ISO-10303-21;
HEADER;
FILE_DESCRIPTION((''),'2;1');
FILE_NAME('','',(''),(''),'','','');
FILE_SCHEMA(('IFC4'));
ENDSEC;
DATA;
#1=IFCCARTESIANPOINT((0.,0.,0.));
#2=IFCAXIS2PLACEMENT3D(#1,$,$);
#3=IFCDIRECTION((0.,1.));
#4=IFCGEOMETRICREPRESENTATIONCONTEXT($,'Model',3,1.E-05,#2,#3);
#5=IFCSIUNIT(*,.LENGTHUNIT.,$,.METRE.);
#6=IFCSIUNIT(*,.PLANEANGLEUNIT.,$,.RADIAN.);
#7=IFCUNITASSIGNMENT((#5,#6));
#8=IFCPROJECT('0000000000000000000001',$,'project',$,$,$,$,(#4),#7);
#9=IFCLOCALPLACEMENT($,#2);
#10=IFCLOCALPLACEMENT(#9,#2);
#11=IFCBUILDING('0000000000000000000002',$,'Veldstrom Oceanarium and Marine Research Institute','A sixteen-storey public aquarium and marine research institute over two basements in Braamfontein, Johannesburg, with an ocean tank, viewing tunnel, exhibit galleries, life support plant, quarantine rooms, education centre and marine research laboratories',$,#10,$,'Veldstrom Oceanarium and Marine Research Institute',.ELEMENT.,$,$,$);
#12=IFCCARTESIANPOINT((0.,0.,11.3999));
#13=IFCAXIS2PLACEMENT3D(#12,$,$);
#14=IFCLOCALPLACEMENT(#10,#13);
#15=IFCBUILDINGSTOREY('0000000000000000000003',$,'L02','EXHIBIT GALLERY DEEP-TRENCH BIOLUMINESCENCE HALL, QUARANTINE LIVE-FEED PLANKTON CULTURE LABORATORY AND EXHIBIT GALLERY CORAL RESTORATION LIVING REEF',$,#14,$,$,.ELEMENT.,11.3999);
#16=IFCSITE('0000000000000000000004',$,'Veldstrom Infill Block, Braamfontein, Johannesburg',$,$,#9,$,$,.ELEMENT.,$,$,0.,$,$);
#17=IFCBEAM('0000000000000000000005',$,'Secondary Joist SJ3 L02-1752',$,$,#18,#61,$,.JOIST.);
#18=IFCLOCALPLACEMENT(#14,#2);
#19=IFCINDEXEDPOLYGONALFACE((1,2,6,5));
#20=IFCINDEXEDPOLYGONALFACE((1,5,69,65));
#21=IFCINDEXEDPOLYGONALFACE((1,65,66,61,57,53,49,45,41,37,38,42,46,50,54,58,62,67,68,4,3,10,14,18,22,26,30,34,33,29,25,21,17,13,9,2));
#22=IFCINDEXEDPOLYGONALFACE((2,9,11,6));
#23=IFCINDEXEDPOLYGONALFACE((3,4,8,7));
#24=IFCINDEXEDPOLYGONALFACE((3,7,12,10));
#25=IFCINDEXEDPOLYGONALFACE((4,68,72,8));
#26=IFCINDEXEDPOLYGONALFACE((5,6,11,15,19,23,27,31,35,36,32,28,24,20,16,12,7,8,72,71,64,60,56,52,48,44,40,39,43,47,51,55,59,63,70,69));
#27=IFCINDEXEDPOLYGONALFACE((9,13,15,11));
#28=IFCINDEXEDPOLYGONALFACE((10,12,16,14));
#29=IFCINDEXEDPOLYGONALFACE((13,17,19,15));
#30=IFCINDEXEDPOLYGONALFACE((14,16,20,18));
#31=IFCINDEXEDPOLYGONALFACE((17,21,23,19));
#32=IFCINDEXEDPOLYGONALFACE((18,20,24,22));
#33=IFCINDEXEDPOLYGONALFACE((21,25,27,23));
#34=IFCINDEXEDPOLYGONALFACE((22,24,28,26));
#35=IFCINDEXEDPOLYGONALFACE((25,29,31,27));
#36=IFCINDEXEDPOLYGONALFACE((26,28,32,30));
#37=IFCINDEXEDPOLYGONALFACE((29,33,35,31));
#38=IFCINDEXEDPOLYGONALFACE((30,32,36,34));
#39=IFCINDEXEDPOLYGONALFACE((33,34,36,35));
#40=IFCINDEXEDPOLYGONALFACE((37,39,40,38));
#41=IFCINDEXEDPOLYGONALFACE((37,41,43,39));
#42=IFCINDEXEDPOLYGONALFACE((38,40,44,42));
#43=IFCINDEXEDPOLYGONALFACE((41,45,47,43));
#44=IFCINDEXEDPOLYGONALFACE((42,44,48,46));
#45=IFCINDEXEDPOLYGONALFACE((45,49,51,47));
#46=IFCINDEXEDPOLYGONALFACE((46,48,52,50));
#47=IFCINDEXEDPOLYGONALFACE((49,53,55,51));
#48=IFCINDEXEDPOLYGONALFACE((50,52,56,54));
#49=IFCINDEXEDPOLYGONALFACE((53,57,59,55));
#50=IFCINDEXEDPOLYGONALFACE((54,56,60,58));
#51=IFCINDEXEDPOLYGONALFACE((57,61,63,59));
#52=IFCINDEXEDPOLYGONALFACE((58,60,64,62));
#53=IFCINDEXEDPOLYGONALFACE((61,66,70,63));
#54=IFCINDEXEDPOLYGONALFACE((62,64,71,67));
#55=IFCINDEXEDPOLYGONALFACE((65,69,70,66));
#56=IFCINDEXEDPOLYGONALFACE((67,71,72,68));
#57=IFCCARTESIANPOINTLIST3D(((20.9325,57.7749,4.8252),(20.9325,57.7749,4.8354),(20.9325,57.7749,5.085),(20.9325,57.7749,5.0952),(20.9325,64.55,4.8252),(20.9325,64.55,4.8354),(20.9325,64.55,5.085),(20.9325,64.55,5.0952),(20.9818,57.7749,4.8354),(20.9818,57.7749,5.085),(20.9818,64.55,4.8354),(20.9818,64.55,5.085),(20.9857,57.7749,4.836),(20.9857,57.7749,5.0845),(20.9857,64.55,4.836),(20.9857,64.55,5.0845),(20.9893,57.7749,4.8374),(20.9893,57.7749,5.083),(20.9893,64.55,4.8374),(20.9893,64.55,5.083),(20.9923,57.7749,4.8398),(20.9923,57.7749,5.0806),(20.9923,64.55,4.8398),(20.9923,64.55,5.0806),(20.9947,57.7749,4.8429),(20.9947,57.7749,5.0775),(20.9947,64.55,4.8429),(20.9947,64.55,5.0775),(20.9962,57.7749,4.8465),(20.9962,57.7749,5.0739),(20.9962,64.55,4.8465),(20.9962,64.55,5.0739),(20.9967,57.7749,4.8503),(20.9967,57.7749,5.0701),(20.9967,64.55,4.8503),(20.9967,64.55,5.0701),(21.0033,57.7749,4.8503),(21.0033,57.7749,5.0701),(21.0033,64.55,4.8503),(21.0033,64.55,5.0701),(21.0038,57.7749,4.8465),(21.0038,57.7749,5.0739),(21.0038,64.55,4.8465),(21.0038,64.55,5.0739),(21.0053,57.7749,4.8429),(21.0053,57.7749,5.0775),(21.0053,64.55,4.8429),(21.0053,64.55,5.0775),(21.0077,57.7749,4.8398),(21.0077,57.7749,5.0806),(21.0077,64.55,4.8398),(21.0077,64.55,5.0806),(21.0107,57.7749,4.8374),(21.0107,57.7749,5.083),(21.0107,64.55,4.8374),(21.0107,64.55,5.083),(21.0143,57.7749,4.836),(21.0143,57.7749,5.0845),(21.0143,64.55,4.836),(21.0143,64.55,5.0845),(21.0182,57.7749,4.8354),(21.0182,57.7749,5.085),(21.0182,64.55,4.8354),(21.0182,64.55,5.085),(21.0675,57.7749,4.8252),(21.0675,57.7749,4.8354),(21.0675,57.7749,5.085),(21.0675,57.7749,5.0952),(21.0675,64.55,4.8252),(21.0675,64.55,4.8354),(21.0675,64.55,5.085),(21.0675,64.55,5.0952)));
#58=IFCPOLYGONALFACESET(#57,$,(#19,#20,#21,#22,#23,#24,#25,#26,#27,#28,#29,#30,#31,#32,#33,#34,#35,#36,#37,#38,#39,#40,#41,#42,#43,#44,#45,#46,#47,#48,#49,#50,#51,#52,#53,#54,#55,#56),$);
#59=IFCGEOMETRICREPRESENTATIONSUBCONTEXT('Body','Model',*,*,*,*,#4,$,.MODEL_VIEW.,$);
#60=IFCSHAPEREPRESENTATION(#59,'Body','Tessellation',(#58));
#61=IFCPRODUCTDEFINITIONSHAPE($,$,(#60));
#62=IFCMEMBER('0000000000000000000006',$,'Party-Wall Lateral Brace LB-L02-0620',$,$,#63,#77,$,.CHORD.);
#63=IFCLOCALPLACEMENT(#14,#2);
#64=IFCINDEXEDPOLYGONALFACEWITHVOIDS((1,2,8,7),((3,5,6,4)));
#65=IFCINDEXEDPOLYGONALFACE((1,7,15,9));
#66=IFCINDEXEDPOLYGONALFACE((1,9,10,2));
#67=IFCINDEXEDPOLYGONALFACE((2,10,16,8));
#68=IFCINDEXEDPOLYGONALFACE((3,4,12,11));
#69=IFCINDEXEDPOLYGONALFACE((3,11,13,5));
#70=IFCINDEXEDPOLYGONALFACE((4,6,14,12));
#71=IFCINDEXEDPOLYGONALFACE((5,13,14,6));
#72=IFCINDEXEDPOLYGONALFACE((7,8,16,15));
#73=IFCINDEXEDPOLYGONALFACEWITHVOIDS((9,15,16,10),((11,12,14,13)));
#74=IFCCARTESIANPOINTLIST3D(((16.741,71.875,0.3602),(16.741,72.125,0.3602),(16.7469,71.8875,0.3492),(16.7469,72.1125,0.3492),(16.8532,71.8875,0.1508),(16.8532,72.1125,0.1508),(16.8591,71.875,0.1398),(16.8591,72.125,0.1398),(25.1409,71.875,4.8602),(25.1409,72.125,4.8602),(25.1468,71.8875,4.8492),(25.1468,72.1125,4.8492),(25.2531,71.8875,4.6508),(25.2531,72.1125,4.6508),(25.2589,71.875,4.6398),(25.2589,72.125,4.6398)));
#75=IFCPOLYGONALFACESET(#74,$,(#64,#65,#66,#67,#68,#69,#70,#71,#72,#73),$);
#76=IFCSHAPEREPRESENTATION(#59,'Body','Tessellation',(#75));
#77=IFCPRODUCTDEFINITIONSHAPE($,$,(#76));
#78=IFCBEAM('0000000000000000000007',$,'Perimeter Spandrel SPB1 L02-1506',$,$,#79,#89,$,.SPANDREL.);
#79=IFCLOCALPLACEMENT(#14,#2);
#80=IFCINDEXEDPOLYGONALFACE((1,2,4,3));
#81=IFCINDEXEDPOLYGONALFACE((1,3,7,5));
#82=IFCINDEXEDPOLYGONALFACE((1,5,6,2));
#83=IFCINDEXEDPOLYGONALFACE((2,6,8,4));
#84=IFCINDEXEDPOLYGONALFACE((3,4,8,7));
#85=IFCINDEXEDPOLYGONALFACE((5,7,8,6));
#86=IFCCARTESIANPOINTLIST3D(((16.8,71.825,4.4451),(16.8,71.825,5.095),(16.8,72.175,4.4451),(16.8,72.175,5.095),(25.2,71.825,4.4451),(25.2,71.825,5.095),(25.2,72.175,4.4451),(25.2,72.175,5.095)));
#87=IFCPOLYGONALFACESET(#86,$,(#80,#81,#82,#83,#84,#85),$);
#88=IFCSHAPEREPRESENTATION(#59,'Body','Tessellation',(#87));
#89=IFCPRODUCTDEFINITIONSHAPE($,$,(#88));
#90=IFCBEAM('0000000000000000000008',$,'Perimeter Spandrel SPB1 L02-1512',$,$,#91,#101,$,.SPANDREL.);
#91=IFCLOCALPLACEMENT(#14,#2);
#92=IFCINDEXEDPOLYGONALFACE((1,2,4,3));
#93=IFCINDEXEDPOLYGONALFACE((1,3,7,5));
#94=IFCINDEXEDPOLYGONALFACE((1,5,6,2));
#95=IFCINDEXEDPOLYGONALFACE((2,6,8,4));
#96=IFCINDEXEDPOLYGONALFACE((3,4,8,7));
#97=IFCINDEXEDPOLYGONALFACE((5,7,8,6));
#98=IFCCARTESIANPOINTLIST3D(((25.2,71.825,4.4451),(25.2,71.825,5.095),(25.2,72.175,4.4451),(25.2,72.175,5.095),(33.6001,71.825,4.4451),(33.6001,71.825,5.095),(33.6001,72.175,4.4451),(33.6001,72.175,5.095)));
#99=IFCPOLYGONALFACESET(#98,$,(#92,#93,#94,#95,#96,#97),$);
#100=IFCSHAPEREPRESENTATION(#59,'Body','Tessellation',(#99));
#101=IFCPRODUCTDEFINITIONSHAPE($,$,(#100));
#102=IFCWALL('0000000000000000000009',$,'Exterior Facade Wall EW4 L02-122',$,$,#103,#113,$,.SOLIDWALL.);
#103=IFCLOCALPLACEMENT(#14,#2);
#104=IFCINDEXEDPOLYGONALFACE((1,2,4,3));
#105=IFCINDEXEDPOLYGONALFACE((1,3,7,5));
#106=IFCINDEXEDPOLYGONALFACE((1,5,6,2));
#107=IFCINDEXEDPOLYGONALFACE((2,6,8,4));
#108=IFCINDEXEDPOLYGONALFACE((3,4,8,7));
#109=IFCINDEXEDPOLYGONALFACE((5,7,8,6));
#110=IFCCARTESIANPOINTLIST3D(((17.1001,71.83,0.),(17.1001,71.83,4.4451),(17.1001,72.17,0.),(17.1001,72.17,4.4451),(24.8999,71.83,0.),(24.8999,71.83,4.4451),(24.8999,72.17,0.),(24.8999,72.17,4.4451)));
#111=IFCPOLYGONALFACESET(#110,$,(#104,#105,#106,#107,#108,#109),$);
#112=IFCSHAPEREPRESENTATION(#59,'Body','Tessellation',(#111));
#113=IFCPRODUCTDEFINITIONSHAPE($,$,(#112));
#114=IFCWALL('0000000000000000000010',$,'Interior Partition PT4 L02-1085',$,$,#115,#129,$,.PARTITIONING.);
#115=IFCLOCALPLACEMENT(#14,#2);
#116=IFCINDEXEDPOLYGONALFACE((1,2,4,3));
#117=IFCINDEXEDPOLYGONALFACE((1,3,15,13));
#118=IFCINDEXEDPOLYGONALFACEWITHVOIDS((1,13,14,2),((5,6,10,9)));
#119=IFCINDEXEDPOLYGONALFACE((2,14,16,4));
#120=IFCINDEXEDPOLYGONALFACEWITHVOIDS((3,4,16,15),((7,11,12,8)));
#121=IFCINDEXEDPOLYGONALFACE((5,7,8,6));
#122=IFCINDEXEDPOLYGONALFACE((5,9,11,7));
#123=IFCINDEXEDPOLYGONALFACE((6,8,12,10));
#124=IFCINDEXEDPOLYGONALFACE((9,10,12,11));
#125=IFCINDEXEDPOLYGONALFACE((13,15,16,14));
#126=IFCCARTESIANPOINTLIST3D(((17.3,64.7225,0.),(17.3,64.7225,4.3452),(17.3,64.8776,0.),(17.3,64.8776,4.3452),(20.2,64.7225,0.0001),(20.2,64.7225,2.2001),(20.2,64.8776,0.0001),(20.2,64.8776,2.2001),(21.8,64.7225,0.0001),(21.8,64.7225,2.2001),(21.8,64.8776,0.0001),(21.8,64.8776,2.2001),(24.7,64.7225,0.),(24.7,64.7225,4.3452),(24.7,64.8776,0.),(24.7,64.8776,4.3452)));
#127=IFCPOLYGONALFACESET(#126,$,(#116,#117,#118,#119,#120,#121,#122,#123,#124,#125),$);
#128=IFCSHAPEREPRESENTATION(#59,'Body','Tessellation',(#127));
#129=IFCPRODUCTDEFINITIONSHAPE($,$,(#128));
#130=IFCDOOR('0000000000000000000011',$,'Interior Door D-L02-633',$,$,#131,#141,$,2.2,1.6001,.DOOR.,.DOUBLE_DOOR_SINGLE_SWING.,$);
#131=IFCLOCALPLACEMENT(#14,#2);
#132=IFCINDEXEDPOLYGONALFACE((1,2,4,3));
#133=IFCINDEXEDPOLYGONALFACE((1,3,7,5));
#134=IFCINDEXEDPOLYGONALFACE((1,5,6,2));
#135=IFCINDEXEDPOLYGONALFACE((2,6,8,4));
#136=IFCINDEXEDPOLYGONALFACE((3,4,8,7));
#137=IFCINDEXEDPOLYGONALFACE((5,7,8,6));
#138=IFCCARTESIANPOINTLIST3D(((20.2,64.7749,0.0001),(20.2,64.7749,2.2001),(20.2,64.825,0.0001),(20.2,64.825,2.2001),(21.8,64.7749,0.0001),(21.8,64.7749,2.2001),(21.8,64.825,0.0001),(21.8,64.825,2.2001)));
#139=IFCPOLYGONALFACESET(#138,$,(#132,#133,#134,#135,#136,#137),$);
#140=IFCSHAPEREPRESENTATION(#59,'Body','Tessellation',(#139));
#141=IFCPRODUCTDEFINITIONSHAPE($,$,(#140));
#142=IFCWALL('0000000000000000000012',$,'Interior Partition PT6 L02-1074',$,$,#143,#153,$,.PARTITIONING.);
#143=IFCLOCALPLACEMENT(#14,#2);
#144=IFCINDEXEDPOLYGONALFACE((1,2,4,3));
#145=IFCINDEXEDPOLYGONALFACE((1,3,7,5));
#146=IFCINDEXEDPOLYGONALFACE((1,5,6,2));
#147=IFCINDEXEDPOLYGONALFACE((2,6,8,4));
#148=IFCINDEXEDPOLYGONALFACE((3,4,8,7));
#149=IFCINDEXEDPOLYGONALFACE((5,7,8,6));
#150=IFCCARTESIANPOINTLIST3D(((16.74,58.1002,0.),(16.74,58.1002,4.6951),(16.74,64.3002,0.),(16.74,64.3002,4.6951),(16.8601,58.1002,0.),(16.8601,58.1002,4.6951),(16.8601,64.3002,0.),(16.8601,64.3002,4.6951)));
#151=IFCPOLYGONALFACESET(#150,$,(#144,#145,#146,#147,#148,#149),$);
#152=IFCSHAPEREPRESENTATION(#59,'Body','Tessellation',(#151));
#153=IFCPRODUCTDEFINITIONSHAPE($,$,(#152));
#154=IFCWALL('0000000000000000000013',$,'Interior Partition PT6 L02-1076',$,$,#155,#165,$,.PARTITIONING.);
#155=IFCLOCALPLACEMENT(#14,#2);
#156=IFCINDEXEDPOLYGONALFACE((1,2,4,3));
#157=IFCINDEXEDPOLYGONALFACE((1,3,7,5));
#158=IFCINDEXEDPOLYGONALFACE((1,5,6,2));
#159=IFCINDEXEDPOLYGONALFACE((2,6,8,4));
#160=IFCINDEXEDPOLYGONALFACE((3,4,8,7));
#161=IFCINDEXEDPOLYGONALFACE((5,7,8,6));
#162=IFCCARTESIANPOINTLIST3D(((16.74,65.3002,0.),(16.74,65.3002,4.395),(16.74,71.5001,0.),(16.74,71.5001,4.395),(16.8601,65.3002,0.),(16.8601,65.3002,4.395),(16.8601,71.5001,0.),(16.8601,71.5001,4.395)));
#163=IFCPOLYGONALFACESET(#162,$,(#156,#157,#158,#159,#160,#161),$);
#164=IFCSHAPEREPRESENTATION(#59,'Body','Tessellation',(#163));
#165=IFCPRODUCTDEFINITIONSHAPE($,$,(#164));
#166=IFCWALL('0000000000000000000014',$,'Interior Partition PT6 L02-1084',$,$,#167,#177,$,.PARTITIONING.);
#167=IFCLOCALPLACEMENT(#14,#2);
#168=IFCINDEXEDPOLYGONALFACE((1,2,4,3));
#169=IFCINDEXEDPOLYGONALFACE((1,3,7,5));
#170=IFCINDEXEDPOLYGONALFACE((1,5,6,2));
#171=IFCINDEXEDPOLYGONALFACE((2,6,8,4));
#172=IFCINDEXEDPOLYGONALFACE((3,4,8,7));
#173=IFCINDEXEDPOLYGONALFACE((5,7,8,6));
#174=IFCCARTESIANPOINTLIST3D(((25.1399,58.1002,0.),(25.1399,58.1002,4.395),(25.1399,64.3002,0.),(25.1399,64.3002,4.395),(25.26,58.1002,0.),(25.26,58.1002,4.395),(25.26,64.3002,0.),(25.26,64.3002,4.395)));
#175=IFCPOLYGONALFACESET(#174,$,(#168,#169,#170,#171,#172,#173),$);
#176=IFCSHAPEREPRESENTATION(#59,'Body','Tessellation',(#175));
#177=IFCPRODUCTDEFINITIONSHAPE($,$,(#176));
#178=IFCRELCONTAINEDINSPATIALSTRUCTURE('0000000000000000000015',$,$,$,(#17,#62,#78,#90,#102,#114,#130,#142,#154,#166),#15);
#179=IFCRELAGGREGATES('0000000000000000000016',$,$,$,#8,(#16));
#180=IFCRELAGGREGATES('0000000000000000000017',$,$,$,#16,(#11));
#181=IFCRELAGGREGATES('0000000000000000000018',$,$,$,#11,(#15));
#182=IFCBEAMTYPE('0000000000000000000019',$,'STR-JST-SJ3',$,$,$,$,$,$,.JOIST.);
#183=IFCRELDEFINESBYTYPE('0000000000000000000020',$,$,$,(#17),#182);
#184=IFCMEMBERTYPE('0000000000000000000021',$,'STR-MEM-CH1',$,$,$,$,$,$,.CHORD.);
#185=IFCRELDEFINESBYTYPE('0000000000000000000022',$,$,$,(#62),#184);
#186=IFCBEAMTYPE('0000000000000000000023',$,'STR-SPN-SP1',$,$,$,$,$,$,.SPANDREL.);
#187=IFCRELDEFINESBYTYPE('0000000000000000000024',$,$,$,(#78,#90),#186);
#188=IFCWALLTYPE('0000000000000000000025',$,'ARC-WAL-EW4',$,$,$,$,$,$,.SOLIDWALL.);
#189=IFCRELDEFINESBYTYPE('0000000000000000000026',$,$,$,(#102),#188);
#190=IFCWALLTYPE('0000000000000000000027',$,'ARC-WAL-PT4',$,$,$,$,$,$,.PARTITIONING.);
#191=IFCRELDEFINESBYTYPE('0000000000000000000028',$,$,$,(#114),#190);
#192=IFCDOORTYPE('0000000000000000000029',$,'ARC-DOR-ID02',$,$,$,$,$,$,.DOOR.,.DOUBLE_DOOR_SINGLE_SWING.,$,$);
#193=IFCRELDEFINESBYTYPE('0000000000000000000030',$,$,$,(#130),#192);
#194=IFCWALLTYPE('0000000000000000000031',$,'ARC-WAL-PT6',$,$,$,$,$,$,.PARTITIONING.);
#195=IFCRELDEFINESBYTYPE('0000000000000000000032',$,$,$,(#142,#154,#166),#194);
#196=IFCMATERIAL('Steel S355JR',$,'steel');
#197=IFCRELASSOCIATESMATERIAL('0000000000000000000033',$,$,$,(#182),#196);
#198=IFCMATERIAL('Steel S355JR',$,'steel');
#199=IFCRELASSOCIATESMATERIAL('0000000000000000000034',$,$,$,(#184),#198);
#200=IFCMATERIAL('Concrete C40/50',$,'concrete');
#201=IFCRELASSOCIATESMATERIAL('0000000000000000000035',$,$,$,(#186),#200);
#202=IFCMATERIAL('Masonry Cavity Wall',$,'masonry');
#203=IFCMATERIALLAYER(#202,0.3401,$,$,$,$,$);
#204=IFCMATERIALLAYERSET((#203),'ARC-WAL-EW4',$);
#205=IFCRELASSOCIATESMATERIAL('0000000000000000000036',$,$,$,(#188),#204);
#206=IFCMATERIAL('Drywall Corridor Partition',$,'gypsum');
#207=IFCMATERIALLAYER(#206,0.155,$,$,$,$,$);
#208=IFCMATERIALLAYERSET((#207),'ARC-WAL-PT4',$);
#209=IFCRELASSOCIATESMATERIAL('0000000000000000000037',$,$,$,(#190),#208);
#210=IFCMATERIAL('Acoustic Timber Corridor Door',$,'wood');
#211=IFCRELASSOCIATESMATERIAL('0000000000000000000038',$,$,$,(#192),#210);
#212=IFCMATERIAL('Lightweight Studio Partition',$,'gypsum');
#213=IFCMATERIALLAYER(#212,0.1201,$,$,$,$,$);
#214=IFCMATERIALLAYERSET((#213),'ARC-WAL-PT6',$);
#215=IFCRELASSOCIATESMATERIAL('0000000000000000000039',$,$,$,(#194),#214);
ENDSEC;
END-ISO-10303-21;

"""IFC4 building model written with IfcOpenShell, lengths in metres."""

from ifc_helpers import new_model, si_unit, direction, frame, frame_2d, origin, origin_2d, place, context, subcontext, project, spatial, rectangle, hollow_rectangle, i_section, extrude, material, layer, layer_set, material_profile, profile_set, type_object, element, fill, save


model = new_model("IFC4")

# Units and contexts
model_context = context("Model", 3, precision=1e-05, world=origin(), true_north=direction((0.0, 1.0)))
body_context = subcontext(model_context, "Body", "Model", "MODEL_VIEW")
ifc_project = project(units=[si_unit("LENGTHUNIT", "METRE"), si_unit("PLANEANGLEUNIT", "RADIAN")], contexts=[model_context])

# Site, building, storey
site_placement = place(None, origin())
site = spatial("IfcSite", under=ifc_project, at=site_placement, Name="Veldstrom Infill Block, Braamfontein, Johannesburg", CompositionType="ELEMENT", RefElevation=0.0)
building_placement = place(site_placement, origin())
building = spatial("IfcBuilding", under=site, at=building_placement, Name="Veldstrom Oceanarium and Marine Research Institute", Description="A sixteen-storey public aquarium and marine research institute over two basements in Braamfontein, Johannesburg, with an ocean tank, viewing tunnel, exhibit galleries, life support plant, quarantine rooms, education centre and marine research laboratories", LongName="Veldstrom Oceanarium and Marine Research Institute", CompositionType="ELEMENT")
storey_placement = place(building_placement, frame((0.0, 0.0, 11.3999)))
storey = spatial("IfcBuildingStorey", under=building, at=storey_placement, Name="L02", Description="EXHIBIT GALLERY DEEP-TRENCH BIOLUMINESCENCE HALL, QUARANTINE LIVE-FEED PLANKTON CULTURE LABORATORY AND EXHIBIT GALLERY CORAL RESTORATION LIVING REEF", CompositionType="ELEMENT", Elevation=11.3999)

# Beam
ifc_material_1 = material(Name="Steel S355JR", Category="steel")
ifc_material_profile_1 = material_profile(ifc_material_1, i_section(OverallWidth=0.135, OverallDepth=0.27, WebThickness=0.0066, FlangeThickness=0.0103, FilletRadius=0.0149, at=origin_2d()), Name="IPE 270")
ifc_profile_set_1 = profile_set([ifc_material_profile_1], Name="Steel S355JR")
beam_type_1 = type_object("IfcBeamType", Name="STR-JST-SJ3", PredefinedType="JOIST", material=ifc_profile_set_1)
beam_1_placement = place(storey_placement, frame((21.0, 57.7749, 4.9602), z_axis=(0.0, 1.0, 0.0), x_axis=(-1.0, 0.0, 0.0)))
element("IfcBeam", 1, at=beam_1_placement, inside=storey, type_object=beam_type_1, Name="Secondary Joist SJ3 L02-1752", PredefinedType="JOIST", context=body_context, shape_type="SweptSolid", body=[
    extrude(i_section(OverallWidth=0.135, OverallDepth=0.27, WebThickness=0.0066, FlangeThickness=0.0103, FilletRadius=0.0149, at=origin_2d()), origin(), (0.0, 0.0, 1.0), 6.7751),
])

# Member
ifc_material_2 = material(Name="Steel S355JR", Category="steel")
ifc_material_profile_2 = material_profile(ifc_material_2, hollow_rectangle(XDim=0.25, YDim=0.25, WallThickness=0.0125, at=origin_2d()), Name="SHS 250x250x12.5")
ifc_profile_set_2 = profile_set([ifc_material_profile_2], Name="Steel S355JR")
member_type = type_object("IfcMemberType", Name="STR-MEM-CH1", PredefinedType="CHORD", material=ifc_profile_set_2)
member_placement = place(storey_placement, frame((16.8, 72.0, 0.25), z_axis=(0.881478, 0.0, 0.472226), x_axis=(0.0, 1.0, 0.0)))
element("IfcMember", 2, at=member_placement, inside=storey, type_object=member_type, Name="Party-Wall Lateral Brace LB-L02-0620", PredefinedType="CHORD", context=body_context, shape_type="SweptSolid", body=[
    extrude(hollow_rectangle(XDim=0.25, YDim=0.25, WallThickness=0.0125, at=origin_2d()), origin(), (0.0, 0.0, 1.0), 9.5293),
])

# Beams
ifc_material_3 = material(Name="Concrete C40/50", Category="concrete")
ifc_material_profile_3 = material_profile(ifc_material_3, rectangle(XDim=0.3501, YDim=0.6499, at=origin_2d()), Name="RC-SPN-350x650")
ifc_profile_set_3 = profile_set([ifc_material_profile_3], Name="Concrete C40/50")
beam_type_2 = type_object("IfcBeamType", Name="STR-SPN-SP1", PredefinedType="SPANDREL", material=ifc_profile_set_3)
beam_2_placement = place(storey_placement, frame((16.8, 72.0, 4.77), z_axis=(1.0, 0.0, 0.0), x_axis=(0.0, 1.0, 0.0)))
element("IfcBeam", 3, at=beam_2_placement, inside=storey, type_object=beam_type_2, Name="Perimeter Spandrel SPB1 L02-1506", PredefinedType="SPANDREL", context=body_context, shape_type="SweptSolid", body=[
    extrude(rectangle(XDim=0.3501, YDim=0.6499, at=origin_2d()), origin(), (0.0, 0.0, 1.0), 8.3999),
])
beam_3_placement = place(storey_placement, frame((25.2, 72.0, 4.77), z_axis=(1.0, 0.0, 0.0), x_axis=(0.0, 1.0, 0.0)))
element("IfcBeam", 4, at=beam_3_placement, inside=storey, type_object=beam_type_2, Name="Perimeter Spandrel SPB1 L02-1512", PredefinedType="SPANDREL", context=body_context, shape_type="SweptSolid", body=[
    extrude(rectangle(XDim=0.3501, YDim=0.6499, at=origin_2d()), origin(), (0.0, 0.0, 1.0), 8.4001),
])

# Wall
ifc_material_4 = material(Name="Masonry Cavity Wall", Category="masonry")
ifc_layer_1 = layer(ifc_material_4, 0.3401)
ifc_layer_set_1 = layer_set([ifc_layer_1], Name="ARC-WAL-EW4")
wall_type_1 = type_object("IfcWallType", Name="ARC-WAL-EW4", PredefinedType="SOLIDWALL", material=ifc_layer_set_1)
wall_1_placement = place(storey_placement, frame((17.1001, 72.0, 0.0), z_axis=(0.0, 0.0, 1.0), x_axis=(1.0, 0.0, 0.0)))
element("IfcWall", 5, at=wall_1_placement, inside=storey, type_object=wall_type_1, Name="Exterior Facade Wall EW4 L02-122", PredefinedType="SOLIDWALL", context=body_context, shape_type="SweptSolid", body=[
    extrude(rectangle(XDim=7.7998, YDim=0.3401, at=frame_2d((3.8999, 0.0))), origin(), (0.0, 0.0, 1.0), 4.4451),
])

# Wall, opening, door
ifc_material_5 = material(Name="Drywall Corridor Partition", Category="gypsum")
ifc_layer_2 = layer(ifc_material_5, 0.155)
ifc_layer_set_2 = layer_set([ifc_layer_2], Name="ARC-WAL-PT4")
wall_type_2 = type_object("IfcWallType", Name="ARC-WAL-PT4", PredefinedType="PARTITIONING", material=ifc_layer_set_2)
wall_2_placement = place(storey_placement, frame((17.3, 64.8, 0.0), z_axis=(0.0, 0.0, 1.0), x_axis=(1.0, 0.0, 0.0)))
wall_2 = element("IfcWall", 6, at=wall_2_placement, inside=storey, type_object=wall_type_2, Name="Interior Partition PT4 L02-1085", PredefinedType="PARTITIONING", context=body_context, shape_type="SweptSolid", body=[
    extrude(rectangle(XDim=7.3999, YDim=0.155, at=frame_2d((3.7, 0.0))), origin(), (0.0, 0.0, 1.0), 4.3452),
])
opening_placement = place(wall_2_placement, frame((2.8999, 0.0, 0.0)))
opening = element("IfcOpeningElement", 7, at=opening_placement, cuts=wall_2, PredefinedType="OPENING", context=body_context, shape_type="SweptSolid", body=[
    extrude(rectangle(XDim=1.6001, YDim=2.2, at=frame_2d((0.8, 1.1001))), frame((0.0, 0.0874, 0.0), z_axis=(0.0, -1.0, 0.0), x_axis=(1.0, 0.0, 0.0)), (0.0, 0.0, 1.0), 0.175),
])
ifc_material_6 = material(Name="Acoustic Timber Corridor Door", Category="wood")
door_type = type_object("IfcDoorType", Name="ARC-DOR-ID02", OperationType="DOUBLE_DOOR_SINGLE_SWING", PredefinedType="DOOR", material=ifc_material_6)
door_placement = place(opening_placement, origin())
door = element("IfcDoor", 8, at=door_placement, inside=storey, type_object=door_type, Name="Interior Door D-L02-633", OperationType="DOUBLE_DOOR_SINGLE_SWING", OverallHeight=2.2, OverallWidth=1.6001, PredefinedType="DOOR", context=body_context, shape_type="SweptSolid", body=[
    extrude(rectangle(XDim=1.6001, YDim=2.2, at=frame_2d((0.8, 1.1001))), frame((0.0, 0.0249, 0.0), z_axis=(0.0, -1.0, 0.0), x_axis=(1.0, 0.0, 0.0)), (0.0, 0.0, 1.0), 0.05),
])
fill(opening, door)

# Walls
ifc_material_7 = material(Name="Lightweight Studio Partition", Category="gypsum")
ifc_layer_3 = layer(ifc_material_7, 0.1201)
ifc_layer_set_3 = layer_set([ifc_layer_3], Name="ARC-WAL-PT6")
wall_type_3 = type_object("IfcWallType", Name="ARC-WAL-PT6", PredefinedType="PARTITIONING", material=ifc_layer_set_3)
wall_3_placement = place(storey_placement, frame((16.8, 58.1001, 0.0), z_axis=(0.0, 0.0, 1.0), x_axis=(0.0, 1.0, 0.0)))
element("IfcWall", 9, at=wall_3_placement, inside=storey, type_object=wall_type_3, Name="Interior Partition PT6 L02-1074", PredefinedType="PARTITIONING", context=body_context, shape_type="SweptSolid", body=[
    extrude(rectangle(XDim=6.2, YDim=0.1201, at=frame_2d((3.1001, 0.0))), origin(), (0.0, 0.0, 1.0), 4.6951),
])
for number, where, z_axis, x_axis, name in (
    (10, (16.8, 65.3, 0.0), (0.0, 0.0, 1.0), (0.0, 1.0, 0.0), "Interior Partition PT6 L02-1076"),
    (11, (25.2, 58.1001, 0.0), (0.0, 0.0, 1.0), (0.0, 1.0, 0.0), "Interior Partition PT6 L02-1084"),
):
    element("IfcWall", number, at=place(storey_placement, frame(where, z_axis=z_axis, x_axis=x_axis)), inside=storey, type_object=wall_type_3, Name=name, PredefinedType="PARTITIONING", context=body_context, shape_type="SweptSolid", body=[
        extrude(rectangle(XDim=6.2, YDim=0.1201, at=frame_2d((3.1001, 0.0))), origin(), (0.0, 0.0, 1.0), 4.395),
    ])

save(model, "model.ifc")
